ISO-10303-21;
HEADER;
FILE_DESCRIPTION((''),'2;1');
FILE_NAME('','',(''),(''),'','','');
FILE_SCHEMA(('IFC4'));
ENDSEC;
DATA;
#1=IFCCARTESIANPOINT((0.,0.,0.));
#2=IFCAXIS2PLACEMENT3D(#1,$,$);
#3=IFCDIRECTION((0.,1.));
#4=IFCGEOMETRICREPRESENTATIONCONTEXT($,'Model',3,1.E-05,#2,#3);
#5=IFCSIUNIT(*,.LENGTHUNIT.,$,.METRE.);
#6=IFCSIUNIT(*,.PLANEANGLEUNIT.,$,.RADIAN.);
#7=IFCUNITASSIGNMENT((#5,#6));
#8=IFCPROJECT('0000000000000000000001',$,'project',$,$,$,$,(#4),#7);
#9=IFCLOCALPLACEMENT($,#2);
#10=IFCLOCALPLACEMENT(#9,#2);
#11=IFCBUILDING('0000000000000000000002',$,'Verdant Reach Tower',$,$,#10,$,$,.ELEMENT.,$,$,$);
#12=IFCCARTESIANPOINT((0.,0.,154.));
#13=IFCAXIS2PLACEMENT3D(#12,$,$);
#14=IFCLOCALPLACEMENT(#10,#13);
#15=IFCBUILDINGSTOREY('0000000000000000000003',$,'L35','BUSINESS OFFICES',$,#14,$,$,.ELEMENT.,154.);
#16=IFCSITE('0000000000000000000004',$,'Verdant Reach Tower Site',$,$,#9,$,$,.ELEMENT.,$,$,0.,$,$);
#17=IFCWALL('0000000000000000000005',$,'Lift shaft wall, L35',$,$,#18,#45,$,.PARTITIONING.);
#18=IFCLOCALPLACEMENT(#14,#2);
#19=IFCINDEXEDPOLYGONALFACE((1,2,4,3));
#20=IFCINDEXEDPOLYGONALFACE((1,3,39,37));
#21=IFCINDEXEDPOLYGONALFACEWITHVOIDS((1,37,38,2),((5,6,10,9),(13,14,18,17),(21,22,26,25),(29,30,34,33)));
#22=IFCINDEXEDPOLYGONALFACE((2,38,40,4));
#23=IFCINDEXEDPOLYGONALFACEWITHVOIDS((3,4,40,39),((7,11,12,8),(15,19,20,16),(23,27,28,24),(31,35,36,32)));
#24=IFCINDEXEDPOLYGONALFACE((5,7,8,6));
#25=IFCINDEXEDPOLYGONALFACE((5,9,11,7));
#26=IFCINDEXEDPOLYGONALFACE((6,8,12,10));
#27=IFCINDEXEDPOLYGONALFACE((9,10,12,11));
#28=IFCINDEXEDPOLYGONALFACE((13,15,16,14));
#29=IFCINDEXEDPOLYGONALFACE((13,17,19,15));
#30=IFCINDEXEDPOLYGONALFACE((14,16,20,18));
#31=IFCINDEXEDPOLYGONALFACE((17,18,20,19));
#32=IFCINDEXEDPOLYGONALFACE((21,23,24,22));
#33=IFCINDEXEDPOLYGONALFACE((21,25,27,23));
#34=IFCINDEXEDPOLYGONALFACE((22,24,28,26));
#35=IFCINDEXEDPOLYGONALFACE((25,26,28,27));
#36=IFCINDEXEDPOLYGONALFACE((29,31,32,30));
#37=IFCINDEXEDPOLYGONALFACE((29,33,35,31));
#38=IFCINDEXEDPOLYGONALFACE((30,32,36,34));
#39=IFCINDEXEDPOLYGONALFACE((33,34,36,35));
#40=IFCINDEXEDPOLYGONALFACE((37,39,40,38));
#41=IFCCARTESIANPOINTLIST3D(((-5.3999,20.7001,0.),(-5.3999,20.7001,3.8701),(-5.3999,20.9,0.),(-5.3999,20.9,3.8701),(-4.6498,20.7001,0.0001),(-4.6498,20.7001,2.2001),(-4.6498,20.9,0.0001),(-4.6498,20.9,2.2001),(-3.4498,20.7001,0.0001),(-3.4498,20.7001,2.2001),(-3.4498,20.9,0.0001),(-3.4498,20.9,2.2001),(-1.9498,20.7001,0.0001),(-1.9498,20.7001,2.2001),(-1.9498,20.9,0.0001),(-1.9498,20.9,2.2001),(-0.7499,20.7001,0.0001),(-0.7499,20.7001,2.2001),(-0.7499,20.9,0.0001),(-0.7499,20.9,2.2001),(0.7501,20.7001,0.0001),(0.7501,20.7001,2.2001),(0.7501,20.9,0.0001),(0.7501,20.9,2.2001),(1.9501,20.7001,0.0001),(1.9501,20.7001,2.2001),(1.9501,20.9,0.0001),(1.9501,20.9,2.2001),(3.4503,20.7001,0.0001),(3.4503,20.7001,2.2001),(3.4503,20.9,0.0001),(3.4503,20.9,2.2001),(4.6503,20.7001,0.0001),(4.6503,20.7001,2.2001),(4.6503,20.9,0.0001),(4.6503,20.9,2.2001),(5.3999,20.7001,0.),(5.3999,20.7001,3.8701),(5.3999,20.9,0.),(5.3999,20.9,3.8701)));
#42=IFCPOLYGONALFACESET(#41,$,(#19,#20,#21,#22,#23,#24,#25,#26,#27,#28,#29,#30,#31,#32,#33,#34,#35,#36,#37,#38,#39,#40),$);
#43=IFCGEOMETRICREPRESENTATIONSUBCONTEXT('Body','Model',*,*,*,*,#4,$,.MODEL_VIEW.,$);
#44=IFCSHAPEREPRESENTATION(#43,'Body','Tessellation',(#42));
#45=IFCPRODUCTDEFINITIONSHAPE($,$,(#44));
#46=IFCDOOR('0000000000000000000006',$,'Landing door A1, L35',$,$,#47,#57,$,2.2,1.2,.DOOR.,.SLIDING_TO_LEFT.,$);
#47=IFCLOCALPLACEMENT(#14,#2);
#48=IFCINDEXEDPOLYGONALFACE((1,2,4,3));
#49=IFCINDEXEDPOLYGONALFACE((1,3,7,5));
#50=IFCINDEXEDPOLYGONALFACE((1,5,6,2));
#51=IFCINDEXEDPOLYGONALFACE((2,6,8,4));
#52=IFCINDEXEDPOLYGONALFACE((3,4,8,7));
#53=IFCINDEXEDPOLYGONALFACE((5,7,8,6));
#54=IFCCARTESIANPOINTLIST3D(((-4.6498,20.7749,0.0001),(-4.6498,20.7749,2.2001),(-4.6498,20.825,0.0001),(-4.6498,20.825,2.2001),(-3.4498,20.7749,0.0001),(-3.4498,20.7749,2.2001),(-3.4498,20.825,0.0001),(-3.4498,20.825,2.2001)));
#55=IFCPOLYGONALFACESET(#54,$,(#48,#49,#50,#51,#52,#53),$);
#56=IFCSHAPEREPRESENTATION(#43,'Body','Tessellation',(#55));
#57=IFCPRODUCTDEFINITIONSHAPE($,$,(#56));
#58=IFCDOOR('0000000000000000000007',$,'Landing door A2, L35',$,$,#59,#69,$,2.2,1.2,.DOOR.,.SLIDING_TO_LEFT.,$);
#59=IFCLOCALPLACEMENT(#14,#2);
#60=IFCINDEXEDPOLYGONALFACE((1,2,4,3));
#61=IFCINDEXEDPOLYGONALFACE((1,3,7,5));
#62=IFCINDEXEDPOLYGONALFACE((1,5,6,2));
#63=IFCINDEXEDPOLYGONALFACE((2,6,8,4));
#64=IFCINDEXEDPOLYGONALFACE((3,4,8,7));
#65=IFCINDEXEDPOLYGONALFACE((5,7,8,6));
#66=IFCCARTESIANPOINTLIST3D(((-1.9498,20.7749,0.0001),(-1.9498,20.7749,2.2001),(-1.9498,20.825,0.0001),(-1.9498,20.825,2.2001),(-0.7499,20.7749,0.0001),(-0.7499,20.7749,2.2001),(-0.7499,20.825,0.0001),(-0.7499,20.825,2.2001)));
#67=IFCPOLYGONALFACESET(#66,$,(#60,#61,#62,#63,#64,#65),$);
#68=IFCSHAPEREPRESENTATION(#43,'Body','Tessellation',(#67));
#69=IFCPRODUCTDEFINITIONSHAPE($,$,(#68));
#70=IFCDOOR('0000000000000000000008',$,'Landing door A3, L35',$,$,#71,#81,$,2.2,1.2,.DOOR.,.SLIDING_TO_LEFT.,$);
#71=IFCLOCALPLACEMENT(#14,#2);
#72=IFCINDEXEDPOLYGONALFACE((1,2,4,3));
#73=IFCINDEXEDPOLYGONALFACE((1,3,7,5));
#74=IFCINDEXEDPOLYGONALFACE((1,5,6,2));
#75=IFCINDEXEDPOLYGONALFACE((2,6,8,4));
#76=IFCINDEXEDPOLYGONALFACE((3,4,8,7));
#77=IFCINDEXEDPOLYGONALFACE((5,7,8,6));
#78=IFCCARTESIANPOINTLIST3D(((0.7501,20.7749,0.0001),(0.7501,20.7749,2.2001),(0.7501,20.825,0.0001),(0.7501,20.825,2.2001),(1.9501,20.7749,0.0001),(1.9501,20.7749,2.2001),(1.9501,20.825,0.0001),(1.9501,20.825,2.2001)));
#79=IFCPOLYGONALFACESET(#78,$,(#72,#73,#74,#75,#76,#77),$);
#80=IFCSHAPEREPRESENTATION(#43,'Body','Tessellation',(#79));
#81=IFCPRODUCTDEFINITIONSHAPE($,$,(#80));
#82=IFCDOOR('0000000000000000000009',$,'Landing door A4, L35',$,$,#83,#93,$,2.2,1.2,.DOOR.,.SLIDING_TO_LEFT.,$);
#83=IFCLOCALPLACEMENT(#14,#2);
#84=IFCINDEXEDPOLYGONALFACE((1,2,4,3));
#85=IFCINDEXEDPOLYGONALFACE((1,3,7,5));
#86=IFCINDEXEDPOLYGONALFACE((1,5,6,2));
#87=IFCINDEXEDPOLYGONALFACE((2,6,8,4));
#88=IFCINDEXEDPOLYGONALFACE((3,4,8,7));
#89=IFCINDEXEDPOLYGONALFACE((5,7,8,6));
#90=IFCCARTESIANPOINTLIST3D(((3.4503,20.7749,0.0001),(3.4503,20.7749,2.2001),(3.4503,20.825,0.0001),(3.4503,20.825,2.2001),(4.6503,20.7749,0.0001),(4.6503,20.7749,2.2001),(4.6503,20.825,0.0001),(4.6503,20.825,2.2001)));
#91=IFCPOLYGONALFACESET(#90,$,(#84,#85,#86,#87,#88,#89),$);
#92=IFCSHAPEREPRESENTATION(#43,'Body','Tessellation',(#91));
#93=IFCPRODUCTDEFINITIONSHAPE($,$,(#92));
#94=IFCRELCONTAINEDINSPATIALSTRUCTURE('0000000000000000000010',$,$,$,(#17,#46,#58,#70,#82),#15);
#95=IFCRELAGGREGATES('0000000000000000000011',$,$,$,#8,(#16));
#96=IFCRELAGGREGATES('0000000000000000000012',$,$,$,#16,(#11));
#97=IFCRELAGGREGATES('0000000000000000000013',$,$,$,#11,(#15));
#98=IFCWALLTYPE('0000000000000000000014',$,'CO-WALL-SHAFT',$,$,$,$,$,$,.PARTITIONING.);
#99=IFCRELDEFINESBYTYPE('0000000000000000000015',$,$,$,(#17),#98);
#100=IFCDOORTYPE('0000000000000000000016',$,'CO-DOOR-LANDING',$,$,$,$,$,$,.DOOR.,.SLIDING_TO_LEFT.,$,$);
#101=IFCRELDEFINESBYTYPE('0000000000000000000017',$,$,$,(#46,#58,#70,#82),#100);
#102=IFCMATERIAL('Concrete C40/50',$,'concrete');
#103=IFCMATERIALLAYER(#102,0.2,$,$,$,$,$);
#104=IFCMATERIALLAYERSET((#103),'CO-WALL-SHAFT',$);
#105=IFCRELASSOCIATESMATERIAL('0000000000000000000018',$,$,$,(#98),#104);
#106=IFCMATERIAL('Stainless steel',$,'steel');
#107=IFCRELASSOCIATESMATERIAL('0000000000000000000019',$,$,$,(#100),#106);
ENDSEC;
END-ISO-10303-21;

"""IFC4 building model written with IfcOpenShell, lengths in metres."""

from ifc_helpers import new_model, si_unit, direction, frame, frame_2d, origin, place, context, subcontext, project, spatial, rectangle, extrude, material, layer, layer_set, type_object, element, fill, save


model = new_model("IFC4")

# Units and contexts
model_context = context("Model", 3, precision=1e-05, world=origin(), true_north=direction((0.0, 1.0)))
body_context = subcontext(model_context, "Body", "Model", "MODEL_VIEW")
ifc_project = project(units=[si_unit("LENGTHUNIT", "METRE"), si_unit("PLANEANGLEUNIT", "RADIAN")], contexts=[model_context])

# Site, building, storey
site_placement = place(None, origin())
site = spatial("IfcSite", under=ifc_project, at=site_placement, Name="Verdant Reach Tower Site", CompositionType="ELEMENT", RefElevation=0.0)
building_placement = place(site_placement, origin())
building = spatial("IfcBuilding", under=site, at=building_placement, Name="Verdant Reach Tower", CompositionType="ELEMENT")
storey_placement = place(building_placement, frame((0.0, 0.0, 154.0)))
storey = spatial("IfcBuildingStorey", under=building, at=storey_placement, Name="L35", Description="BUSINESS OFFICES", CompositionType="ELEMENT", Elevation=154.0)

# Wall, openings, doors
ifc_material_1 = material(Name="Concrete C40/50", Category="concrete")
ifc_layer_1 = layer(ifc_material_1, 0.2)
ifc_layer_set_1 = layer_set([ifc_layer_1], Name="CO-WALL-SHAFT")
wall_type_1 = type_object("IfcWallType", Name="CO-WALL-SHAFT", PredefinedType="PARTITIONING", material=ifc_layer_set_1)
wall_1_placement = place(storey_placement, frame((-5.3999, 20.8, 0.0), z_axis=(0.0, 0.0, 1.0), x_axis=(1.0, 0.0, 0.0)))
wall_1 = element("IfcWall", 1, at=wall_1_placement, inside=storey, type_object=wall_type_1, Name="Lift shaft wall, L35", PredefinedType="PARTITIONING", context=body_context, shape_type="SweptSolid", body=[
    extrude(rectangle(XDim=10.7998, YDim=0.2, at=frame_2d((5.3999, 0.0))), origin(), (0.0, 0.0, 1.0), 3.8701),
])
opening_1_placement = place(wall_1_placement, frame((0.75, 0.0, 0.0)))
opening_1 = element("IfcOpeningElement", 2, at=opening_1_placement, cuts=wall_1, PredefinedType="OPENING", context=body_context, shape_type="SweptSolid", body=[
    extrude(rectangle(XDim=1.2, YDim=2.2, at=frame_2d((0.6001, 1.1001))), frame((0.0, 0.1099, 0.0), z_axis=(0.0, -1.0, 0.0), x_axis=(1.0, 0.0, 0.0)), (0.0, 0.0, 1.0), 0.22),
])
opening_2_placement = place(wall_1_placement, frame((3.45, 0.0, 0.0)))
opening_2 = element("IfcOpeningElement", 3, at=opening_2_placement, cuts=wall_1, PredefinedType="OPENING", context=body_context, shape_type="SweptSolid", body=[
    extrude(rectangle(XDim=1.2, YDim=2.2, at=frame_2d((0.6001, 1.1001))), frame((0.0, 0.1099, 0.0), z_axis=(0.0, -1.0, 0.0), x_axis=(1.0, 0.0, 0.0)), (0.0, 0.0, 1.0), 0.22),
])
opening_3_placement = place(wall_1_placement, frame((6.1499, 0.0, 0.0)))
opening_3 = element("IfcOpeningElement", 4, at=opening_3_placement, cuts=wall_1, PredefinedType="OPENING", context=body_context, shape_type="SweptSolid", body=[
    extrude(rectangle(XDim=1.2, YDim=2.2, at=frame_2d((0.6001, 1.1001))), frame((0.0, 0.1099, 0.0), z_axis=(0.0, -1.0, 0.0), x_axis=(1.0, 0.0, 0.0)), (0.0, 0.0, 1.0), 0.22),
])
opening_4_placement = place(wall_1_placement, frame((8.8501, 0.0, 0.0)))
opening_4 = element("IfcOpeningElement", 5, at=opening_4_placement, cuts=wall_1, PredefinedType="OPENING", context=body_context, shape_type="SweptSolid", body=[
    extrude(rectangle(XDim=1.2, YDim=2.2, at=frame_2d((0.6001, 1.1001))), frame((0.0, 0.1099, 0.0), z_axis=(0.0, -1.0, 0.0), x_axis=(1.0, 0.0, 0.0)), (0.0, 0.0, 1.0), 0.22),
])
ifc_material_2 = material(Name="Stainless steel", Category="steel")
door_type_1 = type_object("IfcDoorType", Name="CO-DOOR-LANDING", OperationType="SLIDING_TO_LEFT", PredefinedType="DOOR", material=ifc_material_2)
door_1_placement = place(opening_1_placement, origin())
door_1 = element("IfcDoor", 6, at=door_1_placement, inside=storey, type_object=door_type_1, Name="Landing door A1, L35", OperationType="SLIDING_TO_LEFT", OverallHeight=2.2, OverallWidth=1.2, PredefinedType="DOOR", context=body_context, shape_type="SweptSolid", body=[
    extrude(rectangle(XDim=1.2, YDim=2.2, at=frame_2d((0.6001, 1.1001))), frame((0.0, 0.0249, 0.0), z_axis=(0.0, -1.0, 0.0), x_axis=(1.0, 0.0, 0.0)), (0.0, 0.0, 1.0), 0.05),
])
fill(opening_1, door_1)
door_2_placement = place(opening_2_placement, origin())
door_2 = element("IfcDoor", 7, at=door_2_placement, inside=storey, type_object=door_type_1, Name="Landing door A2, L35", OperationType="SLIDING_TO_LEFT", OverallHeight=2.2, OverallWidth=1.2, PredefinedType="DOOR", context=body_context, shape_type="SweptSolid", body=[
    extrude(rectangle(XDim=1.2, YDim=2.2, at=frame_2d((0.6001, 1.1001))), frame((0.0, 0.0249, 0.0), z_axis=(0.0, -1.0, 0.0), x_axis=(1.0, 0.0, 0.0)), (0.0, 0.0, 1.0), 0.05),
])
fill(opening_2, door_2)
door_3_placement = place(opening_3_placement, origin())
door_3 = element("IfcDoor", 8, at=door_3_placement, inside=storey, type_object=door_type_1, Name="Landing door A3, L35", OperationType="SLIDING_TO_LEFT", OverallHeight=2.2, OverallWidth=1.2, PredefinedType="DOOR", context=body_context, shape_type="SweptSolid", body=[
    extrude(rectangle(XDim=1.2, YDim=2.2, at=frame_2d((0.6001, 1.1001))), frame((0.0, 0.0249, 0.0), z_axis=(0.0, -1.0, 0.0), x_axis=(1.0, 0.0, 0.0)), (0.0, 0.0, 1.0), 0.05),
])
fill(opening_3, door_3)
door_4_placement = place(opening_4_placement, origin())
door_4 = element("IfcDoor", 9, at=door_4_placement, inside=storey, type_object=door_type_1, Name="Landing door A4, L35", OperationType="SLIDING_TO_LEFT", OverallHeight=2.2, OverallWidth=1.2, PredefinedType="DOOR", context=body_context, shape_type="SweptSolid", body=[
    extrude(rectangle(XDim=1.2, YDim=2.2, at=frame_2d((0.6001, 1.1001))), frame((0.0, 0.0249, 0.0), z_axis=(0.0, -1.0, 0.0), x_axis=(1.0, 0.0, 0.0)), (0.0, 0.0, 1.0), 0.05),
])
fill(opening_4, door_4)

save(model, "model.ifc")
